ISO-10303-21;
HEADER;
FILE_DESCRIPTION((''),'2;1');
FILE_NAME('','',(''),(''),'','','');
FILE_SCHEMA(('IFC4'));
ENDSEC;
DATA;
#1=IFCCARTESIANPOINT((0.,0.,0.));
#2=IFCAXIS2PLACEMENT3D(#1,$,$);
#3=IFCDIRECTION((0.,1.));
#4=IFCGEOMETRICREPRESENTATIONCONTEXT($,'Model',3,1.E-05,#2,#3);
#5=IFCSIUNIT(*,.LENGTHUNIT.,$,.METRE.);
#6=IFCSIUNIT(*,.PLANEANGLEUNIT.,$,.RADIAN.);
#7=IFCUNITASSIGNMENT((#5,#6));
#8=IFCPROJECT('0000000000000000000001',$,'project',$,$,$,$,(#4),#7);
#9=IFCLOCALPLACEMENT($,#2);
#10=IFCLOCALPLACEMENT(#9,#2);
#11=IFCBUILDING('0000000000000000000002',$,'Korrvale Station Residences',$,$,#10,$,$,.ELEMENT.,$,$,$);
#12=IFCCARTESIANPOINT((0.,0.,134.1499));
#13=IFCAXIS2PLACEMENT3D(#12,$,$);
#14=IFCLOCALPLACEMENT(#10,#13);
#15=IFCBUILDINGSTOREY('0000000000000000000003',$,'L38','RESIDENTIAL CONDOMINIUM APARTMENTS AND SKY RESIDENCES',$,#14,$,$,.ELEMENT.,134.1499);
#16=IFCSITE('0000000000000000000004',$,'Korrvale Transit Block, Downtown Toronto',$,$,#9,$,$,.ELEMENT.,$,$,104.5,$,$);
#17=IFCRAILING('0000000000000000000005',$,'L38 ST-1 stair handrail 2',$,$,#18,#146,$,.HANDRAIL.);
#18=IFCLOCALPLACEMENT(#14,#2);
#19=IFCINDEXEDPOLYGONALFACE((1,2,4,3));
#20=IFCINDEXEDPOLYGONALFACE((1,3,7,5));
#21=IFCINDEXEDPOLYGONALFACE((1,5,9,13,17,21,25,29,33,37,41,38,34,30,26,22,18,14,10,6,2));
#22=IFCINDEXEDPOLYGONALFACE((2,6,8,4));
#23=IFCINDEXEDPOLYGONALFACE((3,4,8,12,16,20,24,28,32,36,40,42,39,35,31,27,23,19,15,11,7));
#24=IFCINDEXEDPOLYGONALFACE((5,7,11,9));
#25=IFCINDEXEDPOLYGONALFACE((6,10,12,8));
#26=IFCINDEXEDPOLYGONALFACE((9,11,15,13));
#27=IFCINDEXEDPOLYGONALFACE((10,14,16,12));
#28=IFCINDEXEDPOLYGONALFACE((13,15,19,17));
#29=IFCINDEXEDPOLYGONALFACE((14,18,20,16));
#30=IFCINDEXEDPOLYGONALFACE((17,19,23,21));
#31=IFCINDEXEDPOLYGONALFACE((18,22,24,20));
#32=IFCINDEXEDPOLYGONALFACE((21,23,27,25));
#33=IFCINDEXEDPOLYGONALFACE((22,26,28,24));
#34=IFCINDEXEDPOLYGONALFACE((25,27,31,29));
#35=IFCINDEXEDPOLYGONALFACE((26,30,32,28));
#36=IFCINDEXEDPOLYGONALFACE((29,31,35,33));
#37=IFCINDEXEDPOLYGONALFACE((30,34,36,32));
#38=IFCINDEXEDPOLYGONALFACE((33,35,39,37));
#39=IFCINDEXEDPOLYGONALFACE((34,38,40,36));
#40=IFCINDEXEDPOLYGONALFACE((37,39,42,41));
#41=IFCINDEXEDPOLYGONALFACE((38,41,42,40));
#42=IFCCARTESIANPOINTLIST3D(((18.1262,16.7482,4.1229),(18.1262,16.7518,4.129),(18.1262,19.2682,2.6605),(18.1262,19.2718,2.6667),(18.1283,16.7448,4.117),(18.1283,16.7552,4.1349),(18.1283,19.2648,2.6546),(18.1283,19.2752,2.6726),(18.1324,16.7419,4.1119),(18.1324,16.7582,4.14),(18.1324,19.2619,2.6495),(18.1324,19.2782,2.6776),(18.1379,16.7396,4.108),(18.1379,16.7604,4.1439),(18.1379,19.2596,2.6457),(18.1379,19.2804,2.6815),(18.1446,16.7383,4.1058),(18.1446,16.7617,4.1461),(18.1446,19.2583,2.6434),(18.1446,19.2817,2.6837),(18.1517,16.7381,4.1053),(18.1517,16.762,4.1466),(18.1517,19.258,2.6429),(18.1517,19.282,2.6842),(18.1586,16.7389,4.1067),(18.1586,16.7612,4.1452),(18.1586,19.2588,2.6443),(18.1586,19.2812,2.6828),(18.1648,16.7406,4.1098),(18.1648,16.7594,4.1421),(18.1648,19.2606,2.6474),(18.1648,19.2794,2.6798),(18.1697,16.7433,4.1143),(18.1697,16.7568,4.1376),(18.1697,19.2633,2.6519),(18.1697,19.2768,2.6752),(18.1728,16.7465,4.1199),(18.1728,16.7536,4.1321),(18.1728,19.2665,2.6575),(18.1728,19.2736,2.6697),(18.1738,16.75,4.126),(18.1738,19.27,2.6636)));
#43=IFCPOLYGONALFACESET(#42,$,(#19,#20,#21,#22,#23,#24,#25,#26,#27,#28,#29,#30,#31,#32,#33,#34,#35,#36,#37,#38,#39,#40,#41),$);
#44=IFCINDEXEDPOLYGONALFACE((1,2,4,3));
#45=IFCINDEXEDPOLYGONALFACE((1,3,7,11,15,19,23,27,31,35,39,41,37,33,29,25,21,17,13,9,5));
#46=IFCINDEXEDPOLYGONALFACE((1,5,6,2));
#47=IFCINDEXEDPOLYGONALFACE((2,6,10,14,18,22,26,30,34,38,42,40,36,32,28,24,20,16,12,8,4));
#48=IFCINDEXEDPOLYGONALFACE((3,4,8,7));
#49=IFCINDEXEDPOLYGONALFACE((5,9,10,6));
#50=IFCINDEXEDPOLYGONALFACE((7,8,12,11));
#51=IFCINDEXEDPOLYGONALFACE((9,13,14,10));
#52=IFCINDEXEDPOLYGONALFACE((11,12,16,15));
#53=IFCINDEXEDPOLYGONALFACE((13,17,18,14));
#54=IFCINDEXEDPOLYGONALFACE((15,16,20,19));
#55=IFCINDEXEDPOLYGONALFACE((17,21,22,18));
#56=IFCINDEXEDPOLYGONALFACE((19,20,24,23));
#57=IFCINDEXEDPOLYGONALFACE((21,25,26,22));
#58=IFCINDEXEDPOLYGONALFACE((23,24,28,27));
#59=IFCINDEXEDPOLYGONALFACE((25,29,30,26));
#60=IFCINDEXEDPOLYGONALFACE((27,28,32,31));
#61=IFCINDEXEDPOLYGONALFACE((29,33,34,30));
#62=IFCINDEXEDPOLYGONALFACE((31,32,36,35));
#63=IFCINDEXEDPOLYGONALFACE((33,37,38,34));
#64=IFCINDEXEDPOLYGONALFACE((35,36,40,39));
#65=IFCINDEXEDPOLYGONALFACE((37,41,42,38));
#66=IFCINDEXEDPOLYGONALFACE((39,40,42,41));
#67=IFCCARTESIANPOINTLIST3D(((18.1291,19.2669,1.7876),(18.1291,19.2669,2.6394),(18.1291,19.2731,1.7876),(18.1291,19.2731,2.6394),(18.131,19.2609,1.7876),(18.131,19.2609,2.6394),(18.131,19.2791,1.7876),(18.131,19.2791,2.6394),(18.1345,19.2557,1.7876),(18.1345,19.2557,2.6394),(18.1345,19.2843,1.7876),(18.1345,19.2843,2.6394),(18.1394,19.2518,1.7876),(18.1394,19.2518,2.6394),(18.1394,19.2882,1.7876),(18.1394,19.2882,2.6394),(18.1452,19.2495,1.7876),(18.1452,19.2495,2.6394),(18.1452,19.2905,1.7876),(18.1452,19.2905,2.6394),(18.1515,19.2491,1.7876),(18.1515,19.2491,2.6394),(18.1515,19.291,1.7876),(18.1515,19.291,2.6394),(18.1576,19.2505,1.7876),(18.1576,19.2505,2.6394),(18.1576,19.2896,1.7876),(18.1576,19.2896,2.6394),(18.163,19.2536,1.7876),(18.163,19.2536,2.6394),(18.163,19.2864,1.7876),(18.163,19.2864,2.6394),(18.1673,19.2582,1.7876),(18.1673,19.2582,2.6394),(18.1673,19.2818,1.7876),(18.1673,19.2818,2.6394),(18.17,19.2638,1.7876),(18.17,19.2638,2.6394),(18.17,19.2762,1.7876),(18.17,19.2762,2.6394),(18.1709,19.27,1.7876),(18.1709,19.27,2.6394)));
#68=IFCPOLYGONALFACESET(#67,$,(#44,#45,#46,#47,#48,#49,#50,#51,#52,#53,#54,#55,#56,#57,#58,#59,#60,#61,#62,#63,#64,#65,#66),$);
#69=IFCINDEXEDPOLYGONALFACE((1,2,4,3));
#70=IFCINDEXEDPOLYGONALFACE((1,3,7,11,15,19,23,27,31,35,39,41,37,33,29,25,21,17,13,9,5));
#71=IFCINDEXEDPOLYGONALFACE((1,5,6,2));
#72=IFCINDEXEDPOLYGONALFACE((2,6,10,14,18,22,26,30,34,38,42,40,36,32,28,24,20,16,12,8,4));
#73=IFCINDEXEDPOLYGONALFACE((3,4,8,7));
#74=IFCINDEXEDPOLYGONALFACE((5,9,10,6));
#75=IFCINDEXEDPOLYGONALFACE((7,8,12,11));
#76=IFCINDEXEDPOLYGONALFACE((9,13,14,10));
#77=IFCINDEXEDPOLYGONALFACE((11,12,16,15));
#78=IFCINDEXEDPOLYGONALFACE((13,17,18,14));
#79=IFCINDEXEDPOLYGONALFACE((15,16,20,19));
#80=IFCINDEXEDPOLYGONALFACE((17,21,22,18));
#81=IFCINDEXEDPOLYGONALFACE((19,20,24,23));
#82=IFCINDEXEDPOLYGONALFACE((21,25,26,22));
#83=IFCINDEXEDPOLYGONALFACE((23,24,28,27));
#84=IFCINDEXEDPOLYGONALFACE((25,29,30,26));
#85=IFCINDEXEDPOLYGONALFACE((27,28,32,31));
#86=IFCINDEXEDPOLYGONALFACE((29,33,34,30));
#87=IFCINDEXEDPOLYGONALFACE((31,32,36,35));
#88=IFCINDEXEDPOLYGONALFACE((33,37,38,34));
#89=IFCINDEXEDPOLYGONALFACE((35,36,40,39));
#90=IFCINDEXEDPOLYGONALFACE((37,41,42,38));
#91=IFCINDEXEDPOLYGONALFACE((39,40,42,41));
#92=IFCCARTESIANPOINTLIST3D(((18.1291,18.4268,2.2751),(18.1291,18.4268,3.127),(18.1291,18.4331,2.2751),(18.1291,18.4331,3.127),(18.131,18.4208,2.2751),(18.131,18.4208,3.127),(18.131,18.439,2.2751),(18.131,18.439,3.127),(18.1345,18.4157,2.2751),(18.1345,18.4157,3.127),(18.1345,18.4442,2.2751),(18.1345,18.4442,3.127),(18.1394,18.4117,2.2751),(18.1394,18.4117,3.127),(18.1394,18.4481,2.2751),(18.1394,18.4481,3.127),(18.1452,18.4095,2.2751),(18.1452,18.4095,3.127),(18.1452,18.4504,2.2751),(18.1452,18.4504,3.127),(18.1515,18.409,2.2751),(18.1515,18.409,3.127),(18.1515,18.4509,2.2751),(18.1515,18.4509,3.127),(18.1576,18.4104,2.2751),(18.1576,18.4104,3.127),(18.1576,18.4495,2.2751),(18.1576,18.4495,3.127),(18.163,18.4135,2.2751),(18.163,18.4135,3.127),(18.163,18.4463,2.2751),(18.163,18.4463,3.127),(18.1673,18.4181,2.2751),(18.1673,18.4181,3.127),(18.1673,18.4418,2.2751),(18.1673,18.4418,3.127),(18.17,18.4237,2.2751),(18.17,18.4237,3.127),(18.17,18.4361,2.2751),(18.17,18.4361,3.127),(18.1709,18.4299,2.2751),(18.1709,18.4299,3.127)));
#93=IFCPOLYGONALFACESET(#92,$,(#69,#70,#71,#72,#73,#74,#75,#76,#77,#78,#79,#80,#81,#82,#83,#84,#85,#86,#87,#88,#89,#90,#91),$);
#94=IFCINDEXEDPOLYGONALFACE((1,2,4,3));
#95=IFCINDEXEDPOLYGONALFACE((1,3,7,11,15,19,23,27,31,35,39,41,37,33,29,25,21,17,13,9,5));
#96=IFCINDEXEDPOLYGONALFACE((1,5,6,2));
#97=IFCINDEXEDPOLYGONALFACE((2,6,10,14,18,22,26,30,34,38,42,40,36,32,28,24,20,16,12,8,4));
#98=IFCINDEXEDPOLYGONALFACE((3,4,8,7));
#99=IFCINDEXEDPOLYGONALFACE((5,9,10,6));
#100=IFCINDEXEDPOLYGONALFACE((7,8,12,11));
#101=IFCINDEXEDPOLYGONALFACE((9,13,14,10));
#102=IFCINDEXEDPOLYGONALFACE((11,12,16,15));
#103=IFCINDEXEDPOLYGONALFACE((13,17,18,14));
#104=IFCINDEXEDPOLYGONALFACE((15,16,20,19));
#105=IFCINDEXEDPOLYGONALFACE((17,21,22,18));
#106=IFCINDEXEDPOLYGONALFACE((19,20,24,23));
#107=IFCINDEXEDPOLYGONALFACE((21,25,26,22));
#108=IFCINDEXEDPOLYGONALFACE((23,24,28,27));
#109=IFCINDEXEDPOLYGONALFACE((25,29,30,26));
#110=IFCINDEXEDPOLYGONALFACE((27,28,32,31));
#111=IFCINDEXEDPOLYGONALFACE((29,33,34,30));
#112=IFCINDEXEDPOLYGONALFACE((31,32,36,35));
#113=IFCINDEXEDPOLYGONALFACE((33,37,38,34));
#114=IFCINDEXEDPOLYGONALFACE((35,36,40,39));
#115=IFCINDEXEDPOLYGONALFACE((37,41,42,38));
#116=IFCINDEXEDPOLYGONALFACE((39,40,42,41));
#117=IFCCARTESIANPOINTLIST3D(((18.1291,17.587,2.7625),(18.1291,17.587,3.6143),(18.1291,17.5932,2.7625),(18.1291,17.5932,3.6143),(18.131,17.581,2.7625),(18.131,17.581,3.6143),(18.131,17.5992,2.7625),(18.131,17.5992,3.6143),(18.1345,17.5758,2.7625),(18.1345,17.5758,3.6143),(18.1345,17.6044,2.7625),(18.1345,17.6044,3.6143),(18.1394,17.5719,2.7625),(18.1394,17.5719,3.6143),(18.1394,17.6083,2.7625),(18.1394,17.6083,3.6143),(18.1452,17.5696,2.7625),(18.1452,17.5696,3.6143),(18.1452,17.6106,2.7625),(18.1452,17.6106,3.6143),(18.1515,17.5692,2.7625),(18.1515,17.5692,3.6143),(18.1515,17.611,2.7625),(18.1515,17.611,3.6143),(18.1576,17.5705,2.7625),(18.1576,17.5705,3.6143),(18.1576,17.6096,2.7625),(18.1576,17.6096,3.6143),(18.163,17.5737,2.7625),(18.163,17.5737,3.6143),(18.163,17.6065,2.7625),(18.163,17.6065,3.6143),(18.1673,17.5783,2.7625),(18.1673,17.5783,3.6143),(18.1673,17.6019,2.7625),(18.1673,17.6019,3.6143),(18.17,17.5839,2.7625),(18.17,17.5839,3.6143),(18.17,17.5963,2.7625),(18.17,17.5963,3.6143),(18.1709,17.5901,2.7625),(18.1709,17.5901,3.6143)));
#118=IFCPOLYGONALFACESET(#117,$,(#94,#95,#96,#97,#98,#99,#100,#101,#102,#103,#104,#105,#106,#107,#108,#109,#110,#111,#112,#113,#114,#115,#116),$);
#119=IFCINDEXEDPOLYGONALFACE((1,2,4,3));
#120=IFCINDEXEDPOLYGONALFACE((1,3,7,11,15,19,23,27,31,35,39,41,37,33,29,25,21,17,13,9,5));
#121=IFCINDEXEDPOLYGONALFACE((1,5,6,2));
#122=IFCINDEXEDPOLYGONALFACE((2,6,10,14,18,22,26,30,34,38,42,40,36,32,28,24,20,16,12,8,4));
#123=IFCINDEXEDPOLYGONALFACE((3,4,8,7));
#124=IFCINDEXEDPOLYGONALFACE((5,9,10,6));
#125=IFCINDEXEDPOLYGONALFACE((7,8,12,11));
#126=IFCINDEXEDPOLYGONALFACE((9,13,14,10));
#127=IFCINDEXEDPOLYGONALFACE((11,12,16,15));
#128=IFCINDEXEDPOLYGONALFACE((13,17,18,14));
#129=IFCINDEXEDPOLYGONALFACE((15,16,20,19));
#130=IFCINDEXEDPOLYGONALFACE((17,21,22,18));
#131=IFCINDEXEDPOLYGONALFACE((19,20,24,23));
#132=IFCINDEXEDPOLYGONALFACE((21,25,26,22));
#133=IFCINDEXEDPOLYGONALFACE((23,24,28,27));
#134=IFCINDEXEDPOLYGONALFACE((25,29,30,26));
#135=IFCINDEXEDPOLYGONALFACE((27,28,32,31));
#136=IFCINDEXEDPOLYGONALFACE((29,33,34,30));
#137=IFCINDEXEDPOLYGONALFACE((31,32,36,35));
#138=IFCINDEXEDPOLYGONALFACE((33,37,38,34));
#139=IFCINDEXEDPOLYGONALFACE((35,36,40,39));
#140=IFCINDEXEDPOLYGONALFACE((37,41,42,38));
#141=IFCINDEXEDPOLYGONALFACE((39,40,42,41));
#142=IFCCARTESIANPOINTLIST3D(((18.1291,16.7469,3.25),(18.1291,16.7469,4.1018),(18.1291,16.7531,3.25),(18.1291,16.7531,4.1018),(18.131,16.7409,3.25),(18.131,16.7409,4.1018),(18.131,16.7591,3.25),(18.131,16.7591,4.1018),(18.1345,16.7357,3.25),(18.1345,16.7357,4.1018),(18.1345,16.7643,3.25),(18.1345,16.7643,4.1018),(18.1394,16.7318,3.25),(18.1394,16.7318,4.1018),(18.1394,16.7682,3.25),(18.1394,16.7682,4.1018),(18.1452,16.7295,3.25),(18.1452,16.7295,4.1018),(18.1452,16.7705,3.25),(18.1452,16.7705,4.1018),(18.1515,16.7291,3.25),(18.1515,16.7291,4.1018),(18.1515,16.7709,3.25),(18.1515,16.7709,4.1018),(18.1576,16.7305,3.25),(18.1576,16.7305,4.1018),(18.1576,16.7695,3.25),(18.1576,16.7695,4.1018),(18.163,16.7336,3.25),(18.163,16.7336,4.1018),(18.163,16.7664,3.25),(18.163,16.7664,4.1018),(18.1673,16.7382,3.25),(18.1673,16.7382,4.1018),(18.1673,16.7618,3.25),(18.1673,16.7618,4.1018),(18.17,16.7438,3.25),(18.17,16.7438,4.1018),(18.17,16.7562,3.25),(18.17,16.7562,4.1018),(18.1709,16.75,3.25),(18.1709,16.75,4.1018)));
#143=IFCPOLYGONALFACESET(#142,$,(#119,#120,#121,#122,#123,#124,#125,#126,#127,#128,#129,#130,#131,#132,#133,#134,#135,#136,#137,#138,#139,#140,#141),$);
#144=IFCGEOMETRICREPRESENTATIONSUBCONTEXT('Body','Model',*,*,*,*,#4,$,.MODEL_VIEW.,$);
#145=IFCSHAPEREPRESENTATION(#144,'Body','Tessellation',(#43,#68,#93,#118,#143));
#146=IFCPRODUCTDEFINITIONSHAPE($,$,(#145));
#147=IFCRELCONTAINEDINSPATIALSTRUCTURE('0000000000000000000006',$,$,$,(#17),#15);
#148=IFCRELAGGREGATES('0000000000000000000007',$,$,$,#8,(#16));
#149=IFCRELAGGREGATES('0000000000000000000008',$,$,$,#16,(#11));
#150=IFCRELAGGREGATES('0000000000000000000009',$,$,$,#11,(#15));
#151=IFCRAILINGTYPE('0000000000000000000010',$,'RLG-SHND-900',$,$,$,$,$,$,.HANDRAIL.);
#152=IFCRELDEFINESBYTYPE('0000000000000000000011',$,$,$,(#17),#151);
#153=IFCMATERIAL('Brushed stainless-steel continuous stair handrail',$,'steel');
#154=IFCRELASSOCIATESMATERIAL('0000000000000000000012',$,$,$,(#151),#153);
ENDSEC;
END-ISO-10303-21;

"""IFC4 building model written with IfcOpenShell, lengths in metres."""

from ifc_helpers import new_model, si_unit, direction, frame, origin, origin_2d, place, context, subcontext, project, spatial, circle, extrude, material, type_object, element, save


model = new_model("IFC4")

# Units and contexts
model_context = context("Model", 3, precision=1e-05, world=origin(), true_north=direction((0.0, 1.0)))
body_context = subcontext(model_context, "Body", "Model", "MODEL_VIEW")
ifc_project = project(units=[si_unit("LENGTHUNIT", "METRE"), si_unit("PLANEANGLEUNIT", "RADIAN")], contexts=[model_context])

# Site, building, storey
site_placement = place(None, origin())
site = spatial("IfcSite", under=ifc_project, at=site_placement, Name="Korrvale Transit Block, Downtown Toronto", CompositionType="ELEMENT", RefElevation=104.5)
building_placement = place(site_placement, origin())
building = spatial("IfcBuilding", under=site, at=building_placement, Name="Korrvale Station Residences", CompositionType="ELEMENT")
storey_placement = place(building_placement, frame((0.0, 0.0, 134.1499)))
storey = spatial("IfcBuildingStorey", under=building, at=storey_placement, Name="L38", Description="RESIDENTIAL CONDOMINIUM APARTMENTS AND SKY RESIDENCES", CompositionType="ELEMENT", Elevation=134.1499)

# Railing
ifc_material_1 = material(Name="Brushed stainless-steel continuous stair handrail", Category="steel")
railing_type_1 = type_object("IfcRailingType", Name="RLG-SHND-900", PredefinedType="HANDRAIL", material=ifc_material_1)
railing_1_placement = place(storey_placement, frame((18.1499, 19.27, 1.7876)))
element("IfcRailing", 1, at=railing_1_placement, inside=storey, type_object=railing_type_1, Name="L38 ST-1 stair handrail 2", PredefinedType="HANDRAIL", context=body_context, shape_type="SweptSolid", body=[
    extrude(circle(Radius=0.0239, at=origin_2d()), frame((0.0, 0.0, 0.876), z_axis=(0.0, -0.864913, 0.501921), x_axis=(1.0, 0.0, 0.0)), (0.0, 0.0, 1.0), 2.9136),
    extrude(circle(Radius=0.021, at=origin_2d()), origin(), (0.0, 0.0, 1.0), 0.8518),
    extrude(circle(Radius=0.021, at=origin_2d()), frame((0.0, -0.8401, 0.4875)), (0.0, 0.0, 1.0), 0.8518),
    extrude(circle(Radius=0.021, at=origin_2d()), frame((0.0, -1.6799, 0.9749)), (0.0, 0.0, 1.0), 0.8518),
    extrude(circle(Radius=0.021, at=origin_2d()), frame((0.0, -2.52, 1.4624)), (0.0, 0.0, 1.0), 0.8518),
])

save(model, "model.ifc")
